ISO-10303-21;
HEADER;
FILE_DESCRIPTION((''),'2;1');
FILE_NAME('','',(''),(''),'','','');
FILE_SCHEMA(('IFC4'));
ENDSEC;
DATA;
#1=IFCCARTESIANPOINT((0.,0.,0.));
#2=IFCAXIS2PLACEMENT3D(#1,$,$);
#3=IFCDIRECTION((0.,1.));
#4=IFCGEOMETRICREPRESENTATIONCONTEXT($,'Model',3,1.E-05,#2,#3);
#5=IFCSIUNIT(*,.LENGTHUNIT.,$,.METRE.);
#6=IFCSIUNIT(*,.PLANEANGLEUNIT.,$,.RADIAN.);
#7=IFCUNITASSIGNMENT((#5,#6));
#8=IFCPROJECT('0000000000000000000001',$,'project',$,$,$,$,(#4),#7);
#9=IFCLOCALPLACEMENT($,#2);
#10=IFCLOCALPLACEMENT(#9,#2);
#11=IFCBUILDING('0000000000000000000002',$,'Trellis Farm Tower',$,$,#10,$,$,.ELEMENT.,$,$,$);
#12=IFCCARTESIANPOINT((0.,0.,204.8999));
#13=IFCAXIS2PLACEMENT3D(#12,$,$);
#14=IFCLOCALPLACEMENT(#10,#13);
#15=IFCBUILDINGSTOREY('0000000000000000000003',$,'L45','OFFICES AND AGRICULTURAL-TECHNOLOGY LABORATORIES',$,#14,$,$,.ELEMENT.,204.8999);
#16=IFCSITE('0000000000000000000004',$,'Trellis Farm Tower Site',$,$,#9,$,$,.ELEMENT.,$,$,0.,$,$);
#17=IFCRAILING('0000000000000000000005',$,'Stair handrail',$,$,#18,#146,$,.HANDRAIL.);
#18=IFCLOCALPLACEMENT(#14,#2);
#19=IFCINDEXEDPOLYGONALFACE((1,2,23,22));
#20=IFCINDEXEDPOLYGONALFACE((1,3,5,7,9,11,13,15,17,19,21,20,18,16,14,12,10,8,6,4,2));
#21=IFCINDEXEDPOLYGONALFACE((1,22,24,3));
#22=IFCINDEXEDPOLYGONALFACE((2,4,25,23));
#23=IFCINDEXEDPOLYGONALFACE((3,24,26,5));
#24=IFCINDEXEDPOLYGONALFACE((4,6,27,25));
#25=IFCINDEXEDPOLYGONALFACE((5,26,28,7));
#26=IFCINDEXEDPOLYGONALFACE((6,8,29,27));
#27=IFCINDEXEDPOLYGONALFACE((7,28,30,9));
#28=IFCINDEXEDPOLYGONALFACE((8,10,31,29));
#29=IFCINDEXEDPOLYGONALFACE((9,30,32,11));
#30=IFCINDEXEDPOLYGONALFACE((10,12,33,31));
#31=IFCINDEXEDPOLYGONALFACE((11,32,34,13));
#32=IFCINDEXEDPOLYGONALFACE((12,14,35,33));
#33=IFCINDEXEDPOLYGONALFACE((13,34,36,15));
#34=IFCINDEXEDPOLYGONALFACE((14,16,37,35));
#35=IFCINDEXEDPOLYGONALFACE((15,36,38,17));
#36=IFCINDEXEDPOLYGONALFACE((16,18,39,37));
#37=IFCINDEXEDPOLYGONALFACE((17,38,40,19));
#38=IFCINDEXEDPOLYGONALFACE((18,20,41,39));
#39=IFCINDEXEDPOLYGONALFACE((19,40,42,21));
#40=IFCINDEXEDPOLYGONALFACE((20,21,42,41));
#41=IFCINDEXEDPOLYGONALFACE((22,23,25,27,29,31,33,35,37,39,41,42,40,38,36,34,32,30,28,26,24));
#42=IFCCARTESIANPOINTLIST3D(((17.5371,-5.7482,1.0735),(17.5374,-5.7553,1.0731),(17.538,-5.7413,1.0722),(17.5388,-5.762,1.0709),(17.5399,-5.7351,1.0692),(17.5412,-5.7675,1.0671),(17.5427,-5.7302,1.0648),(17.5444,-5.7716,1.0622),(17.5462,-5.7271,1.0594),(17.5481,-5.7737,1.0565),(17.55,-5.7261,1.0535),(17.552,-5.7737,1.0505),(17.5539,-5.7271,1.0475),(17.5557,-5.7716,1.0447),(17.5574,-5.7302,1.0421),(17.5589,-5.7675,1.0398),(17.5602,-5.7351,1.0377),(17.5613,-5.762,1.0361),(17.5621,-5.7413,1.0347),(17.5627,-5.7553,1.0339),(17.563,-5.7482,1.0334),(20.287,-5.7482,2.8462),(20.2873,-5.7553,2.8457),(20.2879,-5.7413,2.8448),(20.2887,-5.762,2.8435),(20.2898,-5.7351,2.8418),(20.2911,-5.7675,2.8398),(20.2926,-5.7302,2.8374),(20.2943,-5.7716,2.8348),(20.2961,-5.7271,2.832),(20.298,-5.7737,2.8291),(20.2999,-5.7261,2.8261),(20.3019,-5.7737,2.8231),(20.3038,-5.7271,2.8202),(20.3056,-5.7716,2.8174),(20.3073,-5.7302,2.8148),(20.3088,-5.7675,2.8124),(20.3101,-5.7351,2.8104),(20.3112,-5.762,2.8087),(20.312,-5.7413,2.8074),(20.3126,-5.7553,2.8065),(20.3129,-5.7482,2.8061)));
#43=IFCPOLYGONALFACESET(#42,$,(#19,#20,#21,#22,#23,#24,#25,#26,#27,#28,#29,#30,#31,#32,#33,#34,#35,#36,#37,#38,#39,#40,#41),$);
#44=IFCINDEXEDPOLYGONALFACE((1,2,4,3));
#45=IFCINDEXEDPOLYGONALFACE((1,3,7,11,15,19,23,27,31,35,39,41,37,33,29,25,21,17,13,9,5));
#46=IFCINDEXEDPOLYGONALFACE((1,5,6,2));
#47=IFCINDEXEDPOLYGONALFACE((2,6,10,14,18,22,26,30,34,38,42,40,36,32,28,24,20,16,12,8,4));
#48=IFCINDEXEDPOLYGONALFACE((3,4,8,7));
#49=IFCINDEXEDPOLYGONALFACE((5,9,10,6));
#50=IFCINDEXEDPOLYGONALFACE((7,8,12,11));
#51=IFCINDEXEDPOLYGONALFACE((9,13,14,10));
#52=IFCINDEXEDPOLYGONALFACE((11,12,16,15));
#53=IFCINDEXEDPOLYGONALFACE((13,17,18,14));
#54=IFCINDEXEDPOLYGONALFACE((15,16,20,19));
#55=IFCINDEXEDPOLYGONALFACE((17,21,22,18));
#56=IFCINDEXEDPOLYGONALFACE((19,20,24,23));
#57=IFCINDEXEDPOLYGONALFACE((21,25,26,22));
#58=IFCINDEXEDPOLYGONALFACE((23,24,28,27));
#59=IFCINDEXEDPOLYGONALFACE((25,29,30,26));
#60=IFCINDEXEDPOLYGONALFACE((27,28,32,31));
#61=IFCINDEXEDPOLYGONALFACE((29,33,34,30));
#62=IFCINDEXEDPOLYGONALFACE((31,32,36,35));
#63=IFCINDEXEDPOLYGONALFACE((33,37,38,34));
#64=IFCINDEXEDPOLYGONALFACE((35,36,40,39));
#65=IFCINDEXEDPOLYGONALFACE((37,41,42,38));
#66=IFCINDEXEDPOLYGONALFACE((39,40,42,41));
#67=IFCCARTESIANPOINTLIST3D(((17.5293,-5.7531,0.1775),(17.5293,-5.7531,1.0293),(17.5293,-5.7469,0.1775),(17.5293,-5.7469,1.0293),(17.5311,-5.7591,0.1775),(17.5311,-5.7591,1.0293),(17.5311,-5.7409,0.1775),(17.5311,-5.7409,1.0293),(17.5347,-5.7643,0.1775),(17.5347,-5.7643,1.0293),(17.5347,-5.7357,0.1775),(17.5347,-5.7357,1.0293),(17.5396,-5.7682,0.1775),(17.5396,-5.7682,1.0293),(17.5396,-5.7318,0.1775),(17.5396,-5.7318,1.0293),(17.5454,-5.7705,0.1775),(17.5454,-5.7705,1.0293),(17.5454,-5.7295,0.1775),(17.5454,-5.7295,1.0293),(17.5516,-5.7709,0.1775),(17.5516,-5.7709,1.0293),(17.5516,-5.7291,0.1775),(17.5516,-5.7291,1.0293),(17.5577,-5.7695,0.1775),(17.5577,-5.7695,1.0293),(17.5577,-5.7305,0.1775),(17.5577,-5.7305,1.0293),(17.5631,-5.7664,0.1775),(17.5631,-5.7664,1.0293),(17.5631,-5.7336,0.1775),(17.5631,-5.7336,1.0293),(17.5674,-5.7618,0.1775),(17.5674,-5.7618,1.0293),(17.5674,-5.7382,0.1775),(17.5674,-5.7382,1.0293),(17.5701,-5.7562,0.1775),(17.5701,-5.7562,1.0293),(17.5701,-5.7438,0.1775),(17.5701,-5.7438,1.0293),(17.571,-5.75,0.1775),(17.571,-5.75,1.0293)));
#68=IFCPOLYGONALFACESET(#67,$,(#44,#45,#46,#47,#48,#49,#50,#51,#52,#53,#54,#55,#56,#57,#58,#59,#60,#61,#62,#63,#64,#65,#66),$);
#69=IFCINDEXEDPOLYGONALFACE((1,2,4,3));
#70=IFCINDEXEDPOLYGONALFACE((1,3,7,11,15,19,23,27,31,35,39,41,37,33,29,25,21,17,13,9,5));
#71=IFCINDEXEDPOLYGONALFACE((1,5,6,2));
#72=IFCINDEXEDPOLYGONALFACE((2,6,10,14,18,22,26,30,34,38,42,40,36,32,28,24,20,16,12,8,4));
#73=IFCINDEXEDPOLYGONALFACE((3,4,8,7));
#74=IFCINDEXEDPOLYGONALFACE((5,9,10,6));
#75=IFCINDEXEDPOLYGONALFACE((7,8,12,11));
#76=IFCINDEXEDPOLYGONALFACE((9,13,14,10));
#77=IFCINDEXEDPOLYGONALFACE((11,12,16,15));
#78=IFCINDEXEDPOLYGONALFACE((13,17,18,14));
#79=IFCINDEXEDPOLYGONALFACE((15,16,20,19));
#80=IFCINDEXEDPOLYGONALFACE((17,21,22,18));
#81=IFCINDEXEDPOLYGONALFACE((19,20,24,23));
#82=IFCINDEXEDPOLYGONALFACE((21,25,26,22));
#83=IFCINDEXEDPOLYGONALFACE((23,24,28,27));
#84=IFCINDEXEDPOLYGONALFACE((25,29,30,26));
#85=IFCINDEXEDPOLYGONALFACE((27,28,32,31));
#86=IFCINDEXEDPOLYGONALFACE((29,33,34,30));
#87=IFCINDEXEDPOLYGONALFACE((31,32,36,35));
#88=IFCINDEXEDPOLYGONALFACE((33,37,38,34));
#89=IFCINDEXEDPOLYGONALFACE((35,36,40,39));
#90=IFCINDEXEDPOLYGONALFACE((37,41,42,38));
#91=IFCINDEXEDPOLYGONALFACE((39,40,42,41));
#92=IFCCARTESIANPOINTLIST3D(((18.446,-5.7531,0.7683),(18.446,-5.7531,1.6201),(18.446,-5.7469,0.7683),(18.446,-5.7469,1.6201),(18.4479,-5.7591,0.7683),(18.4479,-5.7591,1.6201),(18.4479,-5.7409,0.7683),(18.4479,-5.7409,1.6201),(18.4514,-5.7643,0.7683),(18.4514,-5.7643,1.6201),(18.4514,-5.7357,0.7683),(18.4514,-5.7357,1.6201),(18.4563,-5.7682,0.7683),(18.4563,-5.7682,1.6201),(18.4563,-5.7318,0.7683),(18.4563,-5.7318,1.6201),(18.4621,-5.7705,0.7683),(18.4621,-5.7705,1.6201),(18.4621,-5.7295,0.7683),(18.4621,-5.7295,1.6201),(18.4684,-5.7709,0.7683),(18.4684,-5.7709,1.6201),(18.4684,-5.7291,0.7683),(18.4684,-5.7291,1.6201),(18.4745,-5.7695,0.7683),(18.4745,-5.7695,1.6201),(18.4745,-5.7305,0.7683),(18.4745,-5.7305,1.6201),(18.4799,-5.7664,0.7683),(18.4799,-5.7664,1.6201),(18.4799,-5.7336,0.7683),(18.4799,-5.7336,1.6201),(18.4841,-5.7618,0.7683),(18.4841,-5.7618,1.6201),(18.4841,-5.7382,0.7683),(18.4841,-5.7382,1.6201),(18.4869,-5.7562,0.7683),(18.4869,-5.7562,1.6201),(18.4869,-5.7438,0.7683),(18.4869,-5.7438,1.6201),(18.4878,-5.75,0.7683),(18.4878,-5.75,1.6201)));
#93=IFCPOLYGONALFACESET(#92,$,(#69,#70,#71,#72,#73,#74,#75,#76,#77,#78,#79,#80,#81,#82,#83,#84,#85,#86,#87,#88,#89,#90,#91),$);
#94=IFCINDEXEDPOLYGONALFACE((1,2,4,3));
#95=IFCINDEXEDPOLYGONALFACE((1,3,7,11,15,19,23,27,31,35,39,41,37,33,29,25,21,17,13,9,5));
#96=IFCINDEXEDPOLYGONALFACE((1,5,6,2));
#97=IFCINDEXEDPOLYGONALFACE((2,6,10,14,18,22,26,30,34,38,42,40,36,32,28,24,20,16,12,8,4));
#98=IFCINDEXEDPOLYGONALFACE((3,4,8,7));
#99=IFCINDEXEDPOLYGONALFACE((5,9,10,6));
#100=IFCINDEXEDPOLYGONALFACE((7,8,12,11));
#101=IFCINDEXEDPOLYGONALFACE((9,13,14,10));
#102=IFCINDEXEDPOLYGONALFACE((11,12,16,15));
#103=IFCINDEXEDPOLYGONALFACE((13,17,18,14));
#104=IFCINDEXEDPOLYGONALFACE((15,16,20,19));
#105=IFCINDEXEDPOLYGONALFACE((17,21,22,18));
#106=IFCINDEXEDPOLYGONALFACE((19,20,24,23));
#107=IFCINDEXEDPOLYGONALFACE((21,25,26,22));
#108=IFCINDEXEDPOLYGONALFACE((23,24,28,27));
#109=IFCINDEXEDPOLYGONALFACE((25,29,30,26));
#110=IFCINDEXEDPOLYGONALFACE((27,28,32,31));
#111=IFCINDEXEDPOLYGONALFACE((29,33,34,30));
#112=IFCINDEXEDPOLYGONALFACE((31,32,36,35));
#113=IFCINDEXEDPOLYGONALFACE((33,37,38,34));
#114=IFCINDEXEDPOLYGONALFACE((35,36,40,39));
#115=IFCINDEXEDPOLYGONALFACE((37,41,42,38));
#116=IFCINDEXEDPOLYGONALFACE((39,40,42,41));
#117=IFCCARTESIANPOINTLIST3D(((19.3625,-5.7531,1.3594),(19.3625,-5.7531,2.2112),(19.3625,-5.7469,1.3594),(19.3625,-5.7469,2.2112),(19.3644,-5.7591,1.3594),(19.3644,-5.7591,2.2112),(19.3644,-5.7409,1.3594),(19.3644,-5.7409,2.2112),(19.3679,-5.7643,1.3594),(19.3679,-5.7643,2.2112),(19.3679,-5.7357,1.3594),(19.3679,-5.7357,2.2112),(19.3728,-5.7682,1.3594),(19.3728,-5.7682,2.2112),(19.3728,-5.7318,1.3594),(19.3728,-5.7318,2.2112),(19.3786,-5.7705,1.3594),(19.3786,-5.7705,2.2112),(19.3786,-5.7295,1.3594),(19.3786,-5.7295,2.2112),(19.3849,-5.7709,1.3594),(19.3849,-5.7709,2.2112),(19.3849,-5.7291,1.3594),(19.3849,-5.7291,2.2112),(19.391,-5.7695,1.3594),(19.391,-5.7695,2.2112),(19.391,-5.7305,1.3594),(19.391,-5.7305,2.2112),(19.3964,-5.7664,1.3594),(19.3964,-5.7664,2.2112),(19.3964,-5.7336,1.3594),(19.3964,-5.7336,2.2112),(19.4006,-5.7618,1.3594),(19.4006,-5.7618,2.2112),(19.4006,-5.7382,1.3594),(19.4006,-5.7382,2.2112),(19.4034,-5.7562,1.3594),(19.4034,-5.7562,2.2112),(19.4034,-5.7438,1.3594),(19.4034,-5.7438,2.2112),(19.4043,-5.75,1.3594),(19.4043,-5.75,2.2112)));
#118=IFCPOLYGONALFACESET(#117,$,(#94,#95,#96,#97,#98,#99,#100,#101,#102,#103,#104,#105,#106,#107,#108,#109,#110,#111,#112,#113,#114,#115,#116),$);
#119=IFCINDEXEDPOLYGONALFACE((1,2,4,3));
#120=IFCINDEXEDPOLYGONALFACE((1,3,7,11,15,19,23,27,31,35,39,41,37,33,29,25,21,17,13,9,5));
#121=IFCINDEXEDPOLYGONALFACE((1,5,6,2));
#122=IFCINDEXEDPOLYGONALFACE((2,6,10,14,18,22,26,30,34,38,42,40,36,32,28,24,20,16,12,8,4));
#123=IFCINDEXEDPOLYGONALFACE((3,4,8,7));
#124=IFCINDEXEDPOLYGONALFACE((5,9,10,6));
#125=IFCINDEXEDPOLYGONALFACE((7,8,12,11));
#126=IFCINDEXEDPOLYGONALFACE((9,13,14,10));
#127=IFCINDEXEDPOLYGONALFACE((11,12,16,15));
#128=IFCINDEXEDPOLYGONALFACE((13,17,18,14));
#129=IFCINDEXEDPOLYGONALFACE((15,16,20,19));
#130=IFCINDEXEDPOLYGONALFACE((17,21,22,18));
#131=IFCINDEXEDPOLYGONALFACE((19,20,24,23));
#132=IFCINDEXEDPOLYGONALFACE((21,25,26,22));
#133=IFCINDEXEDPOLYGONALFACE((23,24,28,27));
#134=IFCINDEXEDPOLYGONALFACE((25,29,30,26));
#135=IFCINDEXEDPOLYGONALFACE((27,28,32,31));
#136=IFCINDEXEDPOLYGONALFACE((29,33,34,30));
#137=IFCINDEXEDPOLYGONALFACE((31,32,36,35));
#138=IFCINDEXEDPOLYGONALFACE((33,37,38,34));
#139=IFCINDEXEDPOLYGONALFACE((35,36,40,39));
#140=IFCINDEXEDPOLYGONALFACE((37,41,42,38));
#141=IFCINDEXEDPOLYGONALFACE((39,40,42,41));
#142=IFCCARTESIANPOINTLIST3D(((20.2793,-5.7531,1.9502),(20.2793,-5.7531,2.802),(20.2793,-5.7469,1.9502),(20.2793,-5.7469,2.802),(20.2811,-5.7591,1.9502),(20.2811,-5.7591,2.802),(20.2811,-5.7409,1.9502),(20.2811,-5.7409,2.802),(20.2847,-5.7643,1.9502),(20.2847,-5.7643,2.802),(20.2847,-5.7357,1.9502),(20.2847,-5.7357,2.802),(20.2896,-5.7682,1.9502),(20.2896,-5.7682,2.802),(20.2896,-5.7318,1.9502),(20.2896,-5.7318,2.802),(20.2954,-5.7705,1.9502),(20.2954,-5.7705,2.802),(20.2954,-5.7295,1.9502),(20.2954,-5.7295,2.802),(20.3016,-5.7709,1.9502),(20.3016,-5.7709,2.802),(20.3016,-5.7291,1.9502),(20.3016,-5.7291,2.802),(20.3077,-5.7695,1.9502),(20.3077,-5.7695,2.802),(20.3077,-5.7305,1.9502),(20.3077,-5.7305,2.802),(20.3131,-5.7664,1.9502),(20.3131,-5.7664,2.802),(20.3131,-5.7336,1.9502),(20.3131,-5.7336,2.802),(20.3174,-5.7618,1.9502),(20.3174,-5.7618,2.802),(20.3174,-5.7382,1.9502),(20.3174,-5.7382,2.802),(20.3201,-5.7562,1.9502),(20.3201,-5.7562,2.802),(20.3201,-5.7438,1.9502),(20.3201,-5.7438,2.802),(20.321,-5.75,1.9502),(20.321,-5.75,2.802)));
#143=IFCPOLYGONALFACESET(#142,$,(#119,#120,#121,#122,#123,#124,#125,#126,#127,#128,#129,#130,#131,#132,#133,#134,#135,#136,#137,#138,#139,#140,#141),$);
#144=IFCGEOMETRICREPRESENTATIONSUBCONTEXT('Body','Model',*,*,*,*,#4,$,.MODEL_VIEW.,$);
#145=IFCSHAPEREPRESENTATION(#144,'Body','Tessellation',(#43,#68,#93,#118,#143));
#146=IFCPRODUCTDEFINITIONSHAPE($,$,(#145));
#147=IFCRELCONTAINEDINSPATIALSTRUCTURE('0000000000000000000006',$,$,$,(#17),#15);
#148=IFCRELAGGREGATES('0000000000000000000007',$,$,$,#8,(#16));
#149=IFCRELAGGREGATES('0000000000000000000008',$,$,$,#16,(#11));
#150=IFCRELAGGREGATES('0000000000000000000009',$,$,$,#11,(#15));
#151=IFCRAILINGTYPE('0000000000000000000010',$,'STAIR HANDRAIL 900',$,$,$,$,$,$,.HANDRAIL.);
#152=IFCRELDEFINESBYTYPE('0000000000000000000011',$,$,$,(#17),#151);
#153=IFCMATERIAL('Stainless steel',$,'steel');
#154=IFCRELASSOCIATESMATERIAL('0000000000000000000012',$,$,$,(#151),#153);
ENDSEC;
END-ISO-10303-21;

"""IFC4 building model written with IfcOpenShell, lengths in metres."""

from ifc_helpers import new_model, si_unit, direction, frame, origin, origin_2d, place, context, subcontext, project, spatial, circle, extrude, source, transform, mapped, material, type_object, element, save


model = new_model("IFC4")

# Units and contexts
model_context = context("Model", 3, precision=1e-05, world=origin(), true_north=direction((0.0, 1.0)))
body_context = subcontext(model_context, "Body", "Model", "MODEL_VIEW")
ifc_project = project(units=[si_unit("LENGTHUNIT", "METRE"), si_unit("PLANEANGLEUNIT", "RADIAN")], contexts=[model_context])

# Site, building, storey
site_placement = place(None, origin())
site = spatial("IfcSite", under=ifc_project, at=site_placement, Name="Trellis Farm Tower Site", CompositionType="ELEMENT", RefElevation=0.0)
building_placement = place(site_placement, origin())
building = spatial("IfcBuilding", under=site, at=building_placement, Name="Trellis Farm Tower", CompositionType="ELEMENT")
storey_placement = place(building_placement, frame((0.0, 0.0, 204.8999)))
storey = spatial("IfcBuildingStorey", under=building, at=storey_placement, Name="L45", Description="OFFICES AND AGRICULTURAL-TECHNOLOGY LABORATORIES", CompositionType="ELEMENT", Elevation=204.8999)

# Railing
ifc_material_1 = material(Name="Stainless steel", Category="steel")
railing_type = type_object("IfcRailingType", Name="STAIR HANDRAIL 900", PredefinedType="HANDRAIL", material=ifc_material_1)
shared_shape_1 = source(origin(), body_context, "Body", "SweptSolid", [
    extrude(circle(Radius=0.0239, at=origin_2d()), frame((0.0, 0.0, 0.876), z_axis=(0.840504, 0.0, 0.541806), x_axis=(0.0, 1.0, 0.0)), (0.0, 0.0, 1.0), 3.2717),
    extrude(circle(Radius=0.021, at=origin_2d()), origin(), (0.0, 0.0, 1.0), 0.8518),
    extrude(circle(Radius=0.021, at=origin_2d()), frame((0.9167, 0.0, 0.5908)), (0.0, 0.0, 1.0), 0.8518),
    extrude(circle(Radius=0.021, at=origin_2d()), frame((1.8333, 0.0, 1.1819)), (0.0, 0.0, 1.0), 0.8518),
    extrude(circle(Radius=0.021, at=origin_2d()), frame((2.75, 0.0, 1.7727)), (0.0, 0.0, 1.0), 0.8518),
])
for number, where, name in (
    (1, (17.55, -5.75, 0.1775), "Stair handrail"),
):
    element("IfcRailing", number, at=place(storey_placement, frame(where)), inside=storey, type_object=railing_type, Name=name, PredefinedType="HANDRAIL", context=body_context, shape_type="MappedRepresentation", body=[
        mapped(shared_shape_1, transform((0.0, 0.0, 0.0))),
    ])

save(model, "model.ifc")
